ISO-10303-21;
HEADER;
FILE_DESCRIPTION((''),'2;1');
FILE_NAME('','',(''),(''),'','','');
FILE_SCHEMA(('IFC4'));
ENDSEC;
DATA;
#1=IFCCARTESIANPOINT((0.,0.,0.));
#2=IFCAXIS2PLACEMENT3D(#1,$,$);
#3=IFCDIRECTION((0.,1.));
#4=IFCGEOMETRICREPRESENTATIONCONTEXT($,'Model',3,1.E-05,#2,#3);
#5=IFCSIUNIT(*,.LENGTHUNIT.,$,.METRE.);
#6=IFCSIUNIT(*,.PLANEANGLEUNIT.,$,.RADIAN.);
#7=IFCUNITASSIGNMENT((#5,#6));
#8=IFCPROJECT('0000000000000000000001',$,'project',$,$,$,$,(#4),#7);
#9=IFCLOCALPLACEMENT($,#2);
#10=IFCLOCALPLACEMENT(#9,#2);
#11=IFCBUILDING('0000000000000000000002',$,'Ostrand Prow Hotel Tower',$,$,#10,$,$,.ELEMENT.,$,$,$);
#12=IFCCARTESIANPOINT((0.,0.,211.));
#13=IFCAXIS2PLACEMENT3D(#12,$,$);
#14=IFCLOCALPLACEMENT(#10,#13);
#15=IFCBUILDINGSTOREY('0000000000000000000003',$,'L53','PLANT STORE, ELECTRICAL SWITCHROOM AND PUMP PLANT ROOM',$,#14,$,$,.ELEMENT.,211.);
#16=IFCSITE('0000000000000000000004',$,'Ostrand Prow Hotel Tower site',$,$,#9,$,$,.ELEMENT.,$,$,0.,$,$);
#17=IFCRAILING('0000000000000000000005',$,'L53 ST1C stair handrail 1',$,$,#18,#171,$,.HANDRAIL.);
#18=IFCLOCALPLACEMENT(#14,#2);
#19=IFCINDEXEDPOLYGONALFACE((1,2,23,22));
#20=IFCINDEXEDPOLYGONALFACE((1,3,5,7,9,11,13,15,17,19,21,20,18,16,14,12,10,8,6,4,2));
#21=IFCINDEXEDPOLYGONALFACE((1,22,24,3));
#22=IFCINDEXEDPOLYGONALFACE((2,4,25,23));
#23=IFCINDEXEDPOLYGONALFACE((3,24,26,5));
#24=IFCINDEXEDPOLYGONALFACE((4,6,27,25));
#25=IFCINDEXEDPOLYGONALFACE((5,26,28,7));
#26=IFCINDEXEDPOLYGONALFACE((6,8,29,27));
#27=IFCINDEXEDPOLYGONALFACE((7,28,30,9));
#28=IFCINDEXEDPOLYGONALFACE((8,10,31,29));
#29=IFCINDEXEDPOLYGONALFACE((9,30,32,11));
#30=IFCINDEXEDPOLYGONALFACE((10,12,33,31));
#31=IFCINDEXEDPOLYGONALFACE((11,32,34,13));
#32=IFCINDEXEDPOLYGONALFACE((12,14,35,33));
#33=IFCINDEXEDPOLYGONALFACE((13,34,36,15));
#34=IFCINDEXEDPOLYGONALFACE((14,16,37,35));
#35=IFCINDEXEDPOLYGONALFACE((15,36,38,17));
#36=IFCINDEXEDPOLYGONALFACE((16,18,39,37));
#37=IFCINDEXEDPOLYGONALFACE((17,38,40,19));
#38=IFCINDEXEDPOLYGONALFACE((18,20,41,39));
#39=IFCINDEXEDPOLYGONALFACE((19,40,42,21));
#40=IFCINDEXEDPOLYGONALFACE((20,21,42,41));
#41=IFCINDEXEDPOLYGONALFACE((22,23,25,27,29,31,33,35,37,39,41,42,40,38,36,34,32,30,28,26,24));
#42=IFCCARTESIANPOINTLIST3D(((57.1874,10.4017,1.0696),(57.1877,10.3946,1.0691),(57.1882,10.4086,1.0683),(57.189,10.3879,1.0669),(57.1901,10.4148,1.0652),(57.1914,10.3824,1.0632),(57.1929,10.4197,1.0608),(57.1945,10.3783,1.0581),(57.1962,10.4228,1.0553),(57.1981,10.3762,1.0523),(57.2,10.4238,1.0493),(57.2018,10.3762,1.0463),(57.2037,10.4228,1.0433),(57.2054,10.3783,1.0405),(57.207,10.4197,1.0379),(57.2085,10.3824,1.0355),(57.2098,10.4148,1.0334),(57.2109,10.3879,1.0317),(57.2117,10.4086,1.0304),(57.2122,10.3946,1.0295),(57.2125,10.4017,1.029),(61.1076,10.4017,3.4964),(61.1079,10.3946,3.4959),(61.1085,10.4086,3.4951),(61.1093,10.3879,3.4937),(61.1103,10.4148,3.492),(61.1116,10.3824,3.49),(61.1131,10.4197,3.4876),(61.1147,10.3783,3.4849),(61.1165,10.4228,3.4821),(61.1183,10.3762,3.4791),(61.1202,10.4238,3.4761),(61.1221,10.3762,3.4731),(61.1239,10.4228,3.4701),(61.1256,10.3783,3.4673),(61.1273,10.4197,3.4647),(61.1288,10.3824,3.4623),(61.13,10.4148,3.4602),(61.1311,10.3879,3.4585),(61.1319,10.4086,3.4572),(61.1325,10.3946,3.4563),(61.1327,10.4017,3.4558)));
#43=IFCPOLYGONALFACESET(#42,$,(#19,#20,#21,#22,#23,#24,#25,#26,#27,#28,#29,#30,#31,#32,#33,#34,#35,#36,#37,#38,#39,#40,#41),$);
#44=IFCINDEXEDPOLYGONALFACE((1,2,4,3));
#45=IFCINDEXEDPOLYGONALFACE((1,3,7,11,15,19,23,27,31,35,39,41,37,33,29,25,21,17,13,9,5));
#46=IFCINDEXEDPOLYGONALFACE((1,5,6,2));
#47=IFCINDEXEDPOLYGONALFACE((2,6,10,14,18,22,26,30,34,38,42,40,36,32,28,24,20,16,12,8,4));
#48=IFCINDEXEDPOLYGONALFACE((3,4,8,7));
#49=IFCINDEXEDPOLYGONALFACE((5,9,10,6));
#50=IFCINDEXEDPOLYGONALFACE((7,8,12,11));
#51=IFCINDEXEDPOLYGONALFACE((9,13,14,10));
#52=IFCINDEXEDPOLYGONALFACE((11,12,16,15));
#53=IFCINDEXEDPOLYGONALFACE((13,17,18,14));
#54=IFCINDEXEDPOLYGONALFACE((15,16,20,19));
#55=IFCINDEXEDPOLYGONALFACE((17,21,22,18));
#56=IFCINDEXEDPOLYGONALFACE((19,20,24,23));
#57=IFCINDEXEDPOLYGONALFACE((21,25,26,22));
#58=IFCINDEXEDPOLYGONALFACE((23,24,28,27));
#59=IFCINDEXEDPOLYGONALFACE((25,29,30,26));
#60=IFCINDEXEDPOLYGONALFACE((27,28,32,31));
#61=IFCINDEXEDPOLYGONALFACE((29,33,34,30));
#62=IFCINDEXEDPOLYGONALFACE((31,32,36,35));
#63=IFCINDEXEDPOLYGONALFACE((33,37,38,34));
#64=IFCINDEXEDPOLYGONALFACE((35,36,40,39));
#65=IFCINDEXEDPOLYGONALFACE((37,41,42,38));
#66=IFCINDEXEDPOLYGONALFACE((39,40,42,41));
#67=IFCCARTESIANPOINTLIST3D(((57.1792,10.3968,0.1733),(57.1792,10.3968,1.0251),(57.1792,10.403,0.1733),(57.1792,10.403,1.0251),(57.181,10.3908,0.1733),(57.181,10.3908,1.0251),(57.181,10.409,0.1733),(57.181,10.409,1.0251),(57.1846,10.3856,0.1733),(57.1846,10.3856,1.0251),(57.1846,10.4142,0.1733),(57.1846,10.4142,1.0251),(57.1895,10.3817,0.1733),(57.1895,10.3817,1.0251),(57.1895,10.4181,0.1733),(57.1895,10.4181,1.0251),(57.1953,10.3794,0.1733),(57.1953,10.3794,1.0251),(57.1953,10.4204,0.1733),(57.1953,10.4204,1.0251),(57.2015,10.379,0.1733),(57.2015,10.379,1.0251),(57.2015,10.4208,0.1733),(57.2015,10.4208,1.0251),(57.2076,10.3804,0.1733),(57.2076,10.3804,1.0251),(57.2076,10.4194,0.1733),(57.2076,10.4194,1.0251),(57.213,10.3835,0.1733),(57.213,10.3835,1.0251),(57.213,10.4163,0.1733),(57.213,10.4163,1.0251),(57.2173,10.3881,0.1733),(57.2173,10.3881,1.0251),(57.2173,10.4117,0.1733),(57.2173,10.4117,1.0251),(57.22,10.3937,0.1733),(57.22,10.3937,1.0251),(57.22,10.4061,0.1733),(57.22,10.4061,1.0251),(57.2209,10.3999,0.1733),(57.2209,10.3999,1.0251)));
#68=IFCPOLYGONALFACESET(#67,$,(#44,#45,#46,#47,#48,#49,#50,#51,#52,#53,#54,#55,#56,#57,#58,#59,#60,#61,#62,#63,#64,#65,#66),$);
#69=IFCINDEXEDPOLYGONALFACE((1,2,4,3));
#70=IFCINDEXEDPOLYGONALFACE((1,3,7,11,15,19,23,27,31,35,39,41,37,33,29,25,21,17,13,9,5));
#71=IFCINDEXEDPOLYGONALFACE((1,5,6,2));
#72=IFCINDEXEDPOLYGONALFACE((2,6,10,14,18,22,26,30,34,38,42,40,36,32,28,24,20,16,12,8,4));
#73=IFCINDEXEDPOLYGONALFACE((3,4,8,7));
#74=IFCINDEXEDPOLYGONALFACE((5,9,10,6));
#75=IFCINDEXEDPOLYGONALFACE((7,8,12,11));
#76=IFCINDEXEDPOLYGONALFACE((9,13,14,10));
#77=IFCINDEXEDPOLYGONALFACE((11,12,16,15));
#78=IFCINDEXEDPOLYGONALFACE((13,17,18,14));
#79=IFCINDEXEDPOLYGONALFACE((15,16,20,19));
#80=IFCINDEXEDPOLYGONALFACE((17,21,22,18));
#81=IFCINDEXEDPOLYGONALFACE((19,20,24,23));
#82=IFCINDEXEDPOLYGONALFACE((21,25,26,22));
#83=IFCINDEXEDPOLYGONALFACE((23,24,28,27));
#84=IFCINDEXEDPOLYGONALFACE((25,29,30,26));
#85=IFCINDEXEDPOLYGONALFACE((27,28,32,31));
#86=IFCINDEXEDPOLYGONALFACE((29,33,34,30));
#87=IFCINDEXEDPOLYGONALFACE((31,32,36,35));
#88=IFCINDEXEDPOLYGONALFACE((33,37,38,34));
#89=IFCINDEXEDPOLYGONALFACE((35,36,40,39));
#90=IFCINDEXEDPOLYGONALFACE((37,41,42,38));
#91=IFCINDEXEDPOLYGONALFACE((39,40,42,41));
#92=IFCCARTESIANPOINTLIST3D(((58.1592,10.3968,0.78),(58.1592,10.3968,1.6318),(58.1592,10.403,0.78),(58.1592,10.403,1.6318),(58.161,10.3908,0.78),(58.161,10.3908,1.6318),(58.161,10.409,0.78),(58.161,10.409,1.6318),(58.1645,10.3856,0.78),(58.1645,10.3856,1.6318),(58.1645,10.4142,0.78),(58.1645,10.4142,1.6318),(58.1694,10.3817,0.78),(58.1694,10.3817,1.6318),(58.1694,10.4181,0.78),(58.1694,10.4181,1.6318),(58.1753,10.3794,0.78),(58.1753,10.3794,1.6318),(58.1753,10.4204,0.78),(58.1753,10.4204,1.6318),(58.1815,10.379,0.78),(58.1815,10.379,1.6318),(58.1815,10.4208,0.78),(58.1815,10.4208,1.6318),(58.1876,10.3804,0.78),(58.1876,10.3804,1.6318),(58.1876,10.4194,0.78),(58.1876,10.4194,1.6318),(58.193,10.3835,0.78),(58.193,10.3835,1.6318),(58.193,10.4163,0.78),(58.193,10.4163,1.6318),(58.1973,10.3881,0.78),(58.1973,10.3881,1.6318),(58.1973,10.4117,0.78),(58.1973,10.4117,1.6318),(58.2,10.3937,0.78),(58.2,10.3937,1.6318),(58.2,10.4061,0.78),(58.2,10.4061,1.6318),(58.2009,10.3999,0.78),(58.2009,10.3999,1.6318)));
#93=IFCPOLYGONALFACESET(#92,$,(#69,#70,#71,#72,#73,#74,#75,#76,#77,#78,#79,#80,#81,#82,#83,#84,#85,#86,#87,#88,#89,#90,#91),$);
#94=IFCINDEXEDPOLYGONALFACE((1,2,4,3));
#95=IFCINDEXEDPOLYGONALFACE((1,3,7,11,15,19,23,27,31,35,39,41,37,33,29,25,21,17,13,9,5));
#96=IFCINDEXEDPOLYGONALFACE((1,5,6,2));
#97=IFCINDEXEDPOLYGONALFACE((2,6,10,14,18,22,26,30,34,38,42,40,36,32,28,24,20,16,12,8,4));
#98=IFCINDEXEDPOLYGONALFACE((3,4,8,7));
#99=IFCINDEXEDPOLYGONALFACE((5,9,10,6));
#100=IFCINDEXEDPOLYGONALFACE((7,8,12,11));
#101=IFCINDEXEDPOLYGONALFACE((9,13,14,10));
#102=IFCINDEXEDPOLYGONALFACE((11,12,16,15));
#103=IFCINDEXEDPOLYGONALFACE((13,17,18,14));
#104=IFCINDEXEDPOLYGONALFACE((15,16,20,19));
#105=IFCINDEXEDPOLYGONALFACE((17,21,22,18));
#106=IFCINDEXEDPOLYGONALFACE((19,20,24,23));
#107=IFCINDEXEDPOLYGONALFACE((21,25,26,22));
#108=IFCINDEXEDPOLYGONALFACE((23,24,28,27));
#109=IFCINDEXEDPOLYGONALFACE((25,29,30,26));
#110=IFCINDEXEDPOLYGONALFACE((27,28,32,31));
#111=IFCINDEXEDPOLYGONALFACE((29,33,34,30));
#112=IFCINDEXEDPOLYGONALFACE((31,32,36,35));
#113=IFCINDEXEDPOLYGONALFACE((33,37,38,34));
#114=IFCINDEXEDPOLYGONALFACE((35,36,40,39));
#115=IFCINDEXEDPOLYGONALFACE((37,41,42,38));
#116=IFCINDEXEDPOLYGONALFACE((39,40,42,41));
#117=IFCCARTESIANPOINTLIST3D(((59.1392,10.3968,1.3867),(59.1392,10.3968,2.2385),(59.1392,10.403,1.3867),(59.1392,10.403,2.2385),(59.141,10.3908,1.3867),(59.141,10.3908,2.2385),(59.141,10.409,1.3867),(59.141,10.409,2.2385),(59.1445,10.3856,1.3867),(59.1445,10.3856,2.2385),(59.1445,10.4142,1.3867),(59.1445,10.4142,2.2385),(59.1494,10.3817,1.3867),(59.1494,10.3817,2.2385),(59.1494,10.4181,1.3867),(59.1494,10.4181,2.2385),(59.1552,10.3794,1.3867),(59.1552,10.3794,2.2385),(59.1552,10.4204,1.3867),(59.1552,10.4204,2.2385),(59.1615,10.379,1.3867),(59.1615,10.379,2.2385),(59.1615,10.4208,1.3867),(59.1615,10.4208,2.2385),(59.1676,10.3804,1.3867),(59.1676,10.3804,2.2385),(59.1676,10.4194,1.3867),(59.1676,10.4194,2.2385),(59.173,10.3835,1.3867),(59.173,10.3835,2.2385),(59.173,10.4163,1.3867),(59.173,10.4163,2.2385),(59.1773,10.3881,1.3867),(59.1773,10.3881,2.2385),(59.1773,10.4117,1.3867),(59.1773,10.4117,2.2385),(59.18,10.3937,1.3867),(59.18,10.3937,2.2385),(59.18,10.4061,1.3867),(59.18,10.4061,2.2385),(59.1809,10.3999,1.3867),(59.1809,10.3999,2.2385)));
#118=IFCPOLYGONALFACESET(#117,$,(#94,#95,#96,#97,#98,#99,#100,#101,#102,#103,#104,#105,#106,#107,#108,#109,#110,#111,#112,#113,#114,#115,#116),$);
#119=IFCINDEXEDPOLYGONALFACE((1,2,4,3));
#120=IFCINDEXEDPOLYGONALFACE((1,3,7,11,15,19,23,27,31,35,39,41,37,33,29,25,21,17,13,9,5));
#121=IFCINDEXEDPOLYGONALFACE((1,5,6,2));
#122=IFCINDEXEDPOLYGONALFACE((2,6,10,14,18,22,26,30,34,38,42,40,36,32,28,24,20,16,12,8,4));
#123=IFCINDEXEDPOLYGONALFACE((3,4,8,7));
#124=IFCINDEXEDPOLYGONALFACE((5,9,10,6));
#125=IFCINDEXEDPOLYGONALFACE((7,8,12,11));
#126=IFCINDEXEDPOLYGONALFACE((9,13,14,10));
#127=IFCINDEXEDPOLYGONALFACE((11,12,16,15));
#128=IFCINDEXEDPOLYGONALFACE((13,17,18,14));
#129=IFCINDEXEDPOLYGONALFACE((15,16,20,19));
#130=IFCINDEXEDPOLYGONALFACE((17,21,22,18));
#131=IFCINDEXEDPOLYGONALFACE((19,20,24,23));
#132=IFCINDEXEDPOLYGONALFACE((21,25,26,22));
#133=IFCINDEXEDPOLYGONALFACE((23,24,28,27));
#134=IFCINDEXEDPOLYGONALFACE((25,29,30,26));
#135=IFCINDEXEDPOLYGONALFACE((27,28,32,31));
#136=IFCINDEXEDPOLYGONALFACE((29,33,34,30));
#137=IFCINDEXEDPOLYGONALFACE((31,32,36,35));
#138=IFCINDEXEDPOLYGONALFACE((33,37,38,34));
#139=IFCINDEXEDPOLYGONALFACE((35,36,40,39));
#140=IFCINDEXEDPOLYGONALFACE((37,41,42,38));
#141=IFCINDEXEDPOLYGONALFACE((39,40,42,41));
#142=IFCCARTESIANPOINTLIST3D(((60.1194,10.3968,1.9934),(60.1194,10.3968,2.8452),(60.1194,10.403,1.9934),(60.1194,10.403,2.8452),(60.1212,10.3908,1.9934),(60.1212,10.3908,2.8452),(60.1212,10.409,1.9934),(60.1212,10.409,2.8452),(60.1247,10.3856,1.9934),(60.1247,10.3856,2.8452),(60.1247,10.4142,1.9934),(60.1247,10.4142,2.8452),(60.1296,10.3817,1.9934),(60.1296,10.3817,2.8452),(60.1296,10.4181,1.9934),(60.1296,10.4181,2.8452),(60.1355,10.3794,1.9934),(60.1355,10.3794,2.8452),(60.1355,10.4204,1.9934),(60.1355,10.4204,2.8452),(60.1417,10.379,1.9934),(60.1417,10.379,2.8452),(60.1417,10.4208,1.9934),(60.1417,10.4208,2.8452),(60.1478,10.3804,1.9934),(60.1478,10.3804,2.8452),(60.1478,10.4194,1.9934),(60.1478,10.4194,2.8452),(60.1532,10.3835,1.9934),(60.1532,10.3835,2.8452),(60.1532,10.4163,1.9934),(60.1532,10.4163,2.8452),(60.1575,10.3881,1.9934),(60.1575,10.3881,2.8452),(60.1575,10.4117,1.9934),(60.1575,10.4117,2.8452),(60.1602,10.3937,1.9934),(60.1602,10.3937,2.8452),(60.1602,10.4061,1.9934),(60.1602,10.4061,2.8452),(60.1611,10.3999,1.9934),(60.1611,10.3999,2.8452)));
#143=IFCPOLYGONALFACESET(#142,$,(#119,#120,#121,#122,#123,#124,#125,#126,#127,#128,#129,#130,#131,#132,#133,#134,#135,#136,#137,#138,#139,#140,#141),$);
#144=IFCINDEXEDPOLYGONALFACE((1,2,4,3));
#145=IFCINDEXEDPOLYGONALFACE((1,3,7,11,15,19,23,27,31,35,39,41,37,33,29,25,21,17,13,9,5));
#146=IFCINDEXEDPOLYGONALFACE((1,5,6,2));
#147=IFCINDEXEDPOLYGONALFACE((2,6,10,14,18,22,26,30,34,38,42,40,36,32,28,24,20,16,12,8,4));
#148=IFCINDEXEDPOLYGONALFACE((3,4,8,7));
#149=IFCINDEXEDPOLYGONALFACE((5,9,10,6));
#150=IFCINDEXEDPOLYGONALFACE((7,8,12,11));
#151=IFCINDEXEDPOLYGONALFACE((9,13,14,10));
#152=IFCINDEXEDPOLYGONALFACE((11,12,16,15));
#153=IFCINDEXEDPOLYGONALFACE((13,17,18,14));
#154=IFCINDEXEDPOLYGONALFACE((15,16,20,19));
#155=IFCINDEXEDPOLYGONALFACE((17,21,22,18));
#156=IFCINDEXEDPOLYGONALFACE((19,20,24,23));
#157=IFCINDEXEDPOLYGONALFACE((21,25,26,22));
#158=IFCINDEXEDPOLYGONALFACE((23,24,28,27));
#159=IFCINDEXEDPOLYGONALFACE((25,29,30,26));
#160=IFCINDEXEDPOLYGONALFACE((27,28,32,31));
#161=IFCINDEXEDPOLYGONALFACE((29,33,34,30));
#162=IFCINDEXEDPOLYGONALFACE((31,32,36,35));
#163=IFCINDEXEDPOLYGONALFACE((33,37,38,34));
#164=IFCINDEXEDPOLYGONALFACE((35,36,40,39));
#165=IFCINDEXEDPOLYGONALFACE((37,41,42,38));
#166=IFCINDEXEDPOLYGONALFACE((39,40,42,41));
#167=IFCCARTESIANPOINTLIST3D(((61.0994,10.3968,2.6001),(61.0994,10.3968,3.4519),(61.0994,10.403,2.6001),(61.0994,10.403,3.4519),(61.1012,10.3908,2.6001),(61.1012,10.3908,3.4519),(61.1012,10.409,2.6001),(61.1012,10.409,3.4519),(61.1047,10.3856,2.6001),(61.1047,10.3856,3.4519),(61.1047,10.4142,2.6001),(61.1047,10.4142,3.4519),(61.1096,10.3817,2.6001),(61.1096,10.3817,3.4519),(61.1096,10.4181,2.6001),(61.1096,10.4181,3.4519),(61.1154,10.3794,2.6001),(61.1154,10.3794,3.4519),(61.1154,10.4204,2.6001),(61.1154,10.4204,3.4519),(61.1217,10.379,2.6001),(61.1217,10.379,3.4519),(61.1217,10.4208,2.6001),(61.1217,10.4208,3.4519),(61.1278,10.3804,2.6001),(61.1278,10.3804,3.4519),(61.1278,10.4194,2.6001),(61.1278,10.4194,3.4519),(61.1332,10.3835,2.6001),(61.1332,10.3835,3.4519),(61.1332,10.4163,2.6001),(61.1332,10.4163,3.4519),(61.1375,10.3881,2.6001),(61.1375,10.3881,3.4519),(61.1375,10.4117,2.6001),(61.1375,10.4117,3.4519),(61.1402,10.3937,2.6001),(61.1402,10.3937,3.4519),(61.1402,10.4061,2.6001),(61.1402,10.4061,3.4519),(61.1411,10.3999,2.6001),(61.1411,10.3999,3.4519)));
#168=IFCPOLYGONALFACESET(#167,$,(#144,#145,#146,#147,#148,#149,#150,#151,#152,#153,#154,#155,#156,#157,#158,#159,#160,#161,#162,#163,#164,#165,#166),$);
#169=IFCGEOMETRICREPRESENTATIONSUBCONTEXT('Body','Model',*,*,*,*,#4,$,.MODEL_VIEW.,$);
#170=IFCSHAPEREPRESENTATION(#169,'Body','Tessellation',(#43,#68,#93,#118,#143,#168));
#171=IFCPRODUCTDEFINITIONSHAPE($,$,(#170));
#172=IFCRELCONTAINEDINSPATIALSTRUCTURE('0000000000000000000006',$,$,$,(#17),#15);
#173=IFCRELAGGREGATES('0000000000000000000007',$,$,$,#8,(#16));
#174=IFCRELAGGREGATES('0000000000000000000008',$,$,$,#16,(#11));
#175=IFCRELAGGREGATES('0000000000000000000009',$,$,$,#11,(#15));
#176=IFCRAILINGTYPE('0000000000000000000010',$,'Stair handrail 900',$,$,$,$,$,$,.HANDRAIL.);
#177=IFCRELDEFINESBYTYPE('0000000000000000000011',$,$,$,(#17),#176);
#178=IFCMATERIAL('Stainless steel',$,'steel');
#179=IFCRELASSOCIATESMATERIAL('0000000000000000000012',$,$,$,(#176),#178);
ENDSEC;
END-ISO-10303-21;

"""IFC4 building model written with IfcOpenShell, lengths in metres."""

from ifc_helpers import new_model, si_unit, direction, frame, origin, origin_2d, place, context, subcontext, project, spatial, circle, extrude, material, type_object, element, save


model = new_model("IFC4")

# Units and contexts
model_context = context("Model", 3, precision=1e-05, world=origin(), true_north=direction((0.0, 1.0)))
body_context = subcontext(model_context, "Body", "Model", "MODEL_VIEW")
ifc_project = project(units=[si_unit("LENGTHUNIT", "METRE"), si_unit("PLANEANGLEUNIT", "RADIAN")], contexts=[model_context])

# Site, building, storey
site_placement = place(None, origin())
site = spatial("IfcSite", under=ifc_project, at=site_placement, Name="Ostrand Prow Hotel Tower site", CompositionType="ELEMENT", RefElevation=0.0)
building_placement = place(site_placement, origin())
building = spatial("IfcBuilding", under=site, at=building_placement, Name="Ostrand Prow Hotel Tower", CompositionType="ELEMENT")
storey_placement = place(building_placement, frame((0.0, 0.0, 211.0)))
storey = spatial("IfcBuildingStorey", under=building, at=storey_placement, Name="L53", Description="PLANT STORE, ELECTRICAL SWITCHROOM AND PUMP PLANT ROOM", CompositionType="ELEMENT", Elevation=211.0)

# Railing
ifc_material_1 = material(Name="Stainless steel", Category="steel")
railing_type_1 = type_object("IfcRailingType", Name="Stair handrail 900", PredefinedType="HANDRAIL", material=ifc_material_1)
railing_1_placement = place(storey_placement, frame((57.2, 10.3999, 0.1733)))
element("IfcRailing", 1, at=railing_1_placement, inside=storey, type_object=railing_type_1, Name="L53 ST1C stair handrail 1", PredefinedType="HANDRAIL", context=body_context, shape_type="SweptSolid", body=[
    extrude(circle(Radius=0.0239, at=origin_2d()), frame((0.0, 0.0, 0.876), z_axis=(0.850266, 0.0, 0.526353), x_axis=(0.0, 1.0, 0.0)), (0.0, 0.0, 1.0), 4.6106),
    extrude(circle(Radius=0.021, at=origin_2d()), origin(), (0.0, 0.0, 1.0), 0.8518),
    extrude(circle(Radius=0.021, at=origin_2d()), frame((0.98, 0.0, 0.6067)), (0.0, 0.0, 1.0), 0.8518),
    extrude(circle(Radius=0.021, at=origin_2d()), frame((1.96, 0.0, 1.2134)), (0.0, 0.0, 1.0), 0.8518),
    extrude(circle(Radius=0.021, at=origin_2d()), frame((2.9402, 0.0, 1.8201)), (0.0, 0.0, 1.0), 0.8518),
    extrude(circle(Radius=0.021, at=origin_2d()), frame((3.9202, 0.0, 2.4268)), (0.0, 0.0, 1.0), 0.8518),
])

save(model, "model.ifc")
